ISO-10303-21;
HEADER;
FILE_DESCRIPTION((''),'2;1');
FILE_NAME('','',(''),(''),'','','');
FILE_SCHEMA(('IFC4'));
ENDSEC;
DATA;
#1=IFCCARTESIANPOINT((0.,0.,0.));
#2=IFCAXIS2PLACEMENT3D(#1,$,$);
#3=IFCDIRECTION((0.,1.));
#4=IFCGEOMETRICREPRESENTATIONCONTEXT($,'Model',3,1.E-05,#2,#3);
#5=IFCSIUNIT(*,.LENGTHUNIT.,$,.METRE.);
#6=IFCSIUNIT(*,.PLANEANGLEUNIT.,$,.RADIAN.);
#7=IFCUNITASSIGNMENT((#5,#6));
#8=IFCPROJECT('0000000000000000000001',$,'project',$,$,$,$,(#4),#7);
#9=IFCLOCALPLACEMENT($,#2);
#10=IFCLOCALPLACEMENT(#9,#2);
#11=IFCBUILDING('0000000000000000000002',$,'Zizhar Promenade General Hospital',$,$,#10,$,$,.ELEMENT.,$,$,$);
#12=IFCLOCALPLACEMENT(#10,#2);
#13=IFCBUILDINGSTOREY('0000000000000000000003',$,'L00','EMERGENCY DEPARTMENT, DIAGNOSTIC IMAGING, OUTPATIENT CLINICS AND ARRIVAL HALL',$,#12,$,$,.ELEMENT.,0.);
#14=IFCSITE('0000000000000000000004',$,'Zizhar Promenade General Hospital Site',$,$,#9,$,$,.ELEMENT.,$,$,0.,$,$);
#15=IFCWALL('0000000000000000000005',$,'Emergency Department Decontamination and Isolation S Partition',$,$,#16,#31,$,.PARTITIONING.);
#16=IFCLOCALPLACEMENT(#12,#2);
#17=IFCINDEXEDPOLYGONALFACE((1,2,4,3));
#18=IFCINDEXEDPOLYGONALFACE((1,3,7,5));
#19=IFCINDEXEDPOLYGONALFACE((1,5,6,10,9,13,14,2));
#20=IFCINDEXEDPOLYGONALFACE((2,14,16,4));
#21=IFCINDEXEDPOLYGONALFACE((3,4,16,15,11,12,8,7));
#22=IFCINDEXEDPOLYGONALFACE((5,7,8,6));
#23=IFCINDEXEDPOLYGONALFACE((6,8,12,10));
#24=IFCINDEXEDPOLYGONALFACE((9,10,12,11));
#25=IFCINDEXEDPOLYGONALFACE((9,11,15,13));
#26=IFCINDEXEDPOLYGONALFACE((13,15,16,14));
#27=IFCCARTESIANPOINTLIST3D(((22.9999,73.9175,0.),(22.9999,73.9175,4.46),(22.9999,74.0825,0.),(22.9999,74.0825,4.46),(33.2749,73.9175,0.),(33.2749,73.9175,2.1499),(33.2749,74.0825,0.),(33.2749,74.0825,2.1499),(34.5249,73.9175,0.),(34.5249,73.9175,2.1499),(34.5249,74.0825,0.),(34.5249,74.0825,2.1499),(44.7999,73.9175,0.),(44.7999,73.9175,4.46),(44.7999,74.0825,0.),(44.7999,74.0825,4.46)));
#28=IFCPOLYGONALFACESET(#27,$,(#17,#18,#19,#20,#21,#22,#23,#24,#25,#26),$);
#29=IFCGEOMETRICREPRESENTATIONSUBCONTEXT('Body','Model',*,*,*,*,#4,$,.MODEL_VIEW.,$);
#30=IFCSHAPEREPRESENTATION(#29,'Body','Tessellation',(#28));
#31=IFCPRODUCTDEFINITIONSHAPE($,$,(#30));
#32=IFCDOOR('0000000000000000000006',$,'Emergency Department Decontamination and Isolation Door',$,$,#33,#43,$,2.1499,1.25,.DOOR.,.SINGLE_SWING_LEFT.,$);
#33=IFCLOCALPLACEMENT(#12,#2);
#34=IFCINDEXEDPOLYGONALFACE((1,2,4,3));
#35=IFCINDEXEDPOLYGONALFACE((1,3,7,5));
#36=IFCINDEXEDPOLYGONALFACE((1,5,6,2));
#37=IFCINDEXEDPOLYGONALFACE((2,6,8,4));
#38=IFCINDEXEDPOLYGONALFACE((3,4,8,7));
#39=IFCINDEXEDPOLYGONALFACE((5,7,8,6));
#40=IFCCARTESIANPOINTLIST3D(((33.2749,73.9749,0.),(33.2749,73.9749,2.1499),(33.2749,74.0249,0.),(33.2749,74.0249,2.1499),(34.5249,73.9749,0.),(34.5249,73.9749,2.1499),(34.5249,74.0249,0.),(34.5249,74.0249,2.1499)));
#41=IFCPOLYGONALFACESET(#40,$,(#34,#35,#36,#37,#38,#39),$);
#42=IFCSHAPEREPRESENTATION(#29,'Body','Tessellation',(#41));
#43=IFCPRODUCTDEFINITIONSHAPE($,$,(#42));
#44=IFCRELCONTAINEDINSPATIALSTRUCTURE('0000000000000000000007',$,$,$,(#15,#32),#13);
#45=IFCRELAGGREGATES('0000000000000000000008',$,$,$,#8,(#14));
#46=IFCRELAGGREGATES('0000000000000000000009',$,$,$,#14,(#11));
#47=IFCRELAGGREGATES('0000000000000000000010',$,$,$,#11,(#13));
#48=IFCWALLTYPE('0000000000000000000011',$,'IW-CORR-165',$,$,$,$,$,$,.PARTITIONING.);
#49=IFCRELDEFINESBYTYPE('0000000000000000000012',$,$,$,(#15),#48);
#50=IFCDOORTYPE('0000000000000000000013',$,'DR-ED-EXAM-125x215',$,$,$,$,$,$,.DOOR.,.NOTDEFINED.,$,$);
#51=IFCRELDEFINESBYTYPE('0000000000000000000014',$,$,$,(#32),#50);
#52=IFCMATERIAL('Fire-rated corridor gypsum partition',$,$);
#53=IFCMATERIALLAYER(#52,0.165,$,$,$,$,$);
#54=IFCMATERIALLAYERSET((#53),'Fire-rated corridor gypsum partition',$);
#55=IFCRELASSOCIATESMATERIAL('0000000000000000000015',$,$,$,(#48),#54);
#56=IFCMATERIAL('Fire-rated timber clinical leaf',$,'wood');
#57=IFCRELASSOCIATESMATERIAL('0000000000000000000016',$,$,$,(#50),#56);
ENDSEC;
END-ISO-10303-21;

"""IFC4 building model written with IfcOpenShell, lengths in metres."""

from ifc_helpers import new_model, si_unit, direction, frame, frame_2d, origin, place, context, subcontext, project, spatial, rectangle, extrude, material, layer, layer_set, type_object, element, fill, save


model = new_model("IFC4")

# Units and contexts
model_context = context("Model", 3, precision=1e-05, world=origin(), true_north=direction((0.0, 1.0)))
body_context = subcontext(model_context, "Body", "Model", "MODEL_VIEW")
ifc_project = project(units=[si_unit("LENGTHUNIT", "METRE"), si_unit("PLANEANGLEUNIT", "RADIAN")], contexts=[model_context])

# Site, building, storey
site_placement = place(None, origin())
site = spatial("IfcSite", under=ifc_project, at=site_placement, Name="Zizhar Promenade General Hospital Site", CompositionType="ELEMENT", RefElevation=0.0)
building_placement = place(site_placement, origin())
building = spatial("IfcBuilding", under=site, at=building_placement, Name="Zizhar Promenade General Hospital", CompositionType="ELEMENT")
storey_placement = place(building_placement, origin())
storey = spatial("IfcBuildingStorey", under=building, at=storey_placement, Name="L00", Description="EMERGENCY DEPARTMENT, DIAGNOSTIC IMAGING, OUTPATIENT CLINICS AND ARRIVAL HALL", CompositionType="ELEMENT", Elevation=0.0)

# Shared definitions
ifc_material_1 = material(Name="Fire-rated corridor gypsum partition")
ifc_layer_1 = layer(ifc_material_1, 0.165)
ifc_layer_set_1 = layer_set([ifc_layer_1], Name="Fire-rated corridor gypsum partition")
wall_type = type_object("IfcWallType", Name="IW-CORR-165", PredefinedType="PARTITIONING", material=ifc_layer_set_1)

# Wall, opening, door
wall_1_placement = place(storey_placement, frame((23.0, 74.0, 0.0), z_axis=(0.0, 0.0, 1.0), x_axis=(1.0, 0.0, 0.0)))
wall_1 = element("IfcWall", 1, at=wall_1_placement, inside=storey, type_object=wall_type, Name="Emergency Department Decontamination and Isolation S Partition", PredefinedType="PARTITIONING", context=body_context, shape_type="SweptSolid", body=[
    extrude(rectangle(XDim=21.8, YDim=0.165, at=frame_2d((10.8999, 0.0))), origin(), (0.0, 0.0, 1.0), 4.46),
])
opening_placement = place(wall_1_placement, frame((10.2749, 0.0, 0.0)))
opening = element("IfcOpeningElement", 2, at=opening_placement, cuts=wall_1, PredefinedType="OPENING", context=body_context, shape_type="SweptSolid", body=[
    extrude(rectangle(XDim=1.25, YDim=2.1499, at=frame_2d((0.625, 1.075))), frame((0.0, 0.0925, 0.0), z_axis=(0.0, -1.0, 0.0), x_axis=(1.0, 0.0, 0.0)), (0.0, 0.0, 1.0), 0.1851),
])
ifc_material_2 = material(Name="Fire-rated timber clinical leaf", Category="wood")
door_type = type_object("IfcDoorType", Name="DR-ED-EXAM-125x215", OperationType="NOTDEFINED", PredefinedType="DOOR", material=ifc_material_2)
door_placement = place(opening_placement, origin())
door = element("IfcDoor", 3, at=door_placement, inside=storey, type_object=door_type, Name="Emergency Department Decontamination and Isolation Door", OperationType="SINGLE_SWING_LEFT", OverallHeight=2.1499, OverallWidth=1.25, PredefinedType="DOOR", context=body_context, shape_type="SweptSolid", body=[
    extrude(rectangle(XDim=1.25, YDim=2.1499, at=frame_2d((0.625, 1.075))), frame((0.0, 0.0249, 0.0), z_axis=(0.0, -1.0, 0.0), x_axis=(1.0, 0.0, 0.0)), (0.0, 0.0, 1.0), 0.05),
])
fill(opening, door)

save(model, "model.ifc")
